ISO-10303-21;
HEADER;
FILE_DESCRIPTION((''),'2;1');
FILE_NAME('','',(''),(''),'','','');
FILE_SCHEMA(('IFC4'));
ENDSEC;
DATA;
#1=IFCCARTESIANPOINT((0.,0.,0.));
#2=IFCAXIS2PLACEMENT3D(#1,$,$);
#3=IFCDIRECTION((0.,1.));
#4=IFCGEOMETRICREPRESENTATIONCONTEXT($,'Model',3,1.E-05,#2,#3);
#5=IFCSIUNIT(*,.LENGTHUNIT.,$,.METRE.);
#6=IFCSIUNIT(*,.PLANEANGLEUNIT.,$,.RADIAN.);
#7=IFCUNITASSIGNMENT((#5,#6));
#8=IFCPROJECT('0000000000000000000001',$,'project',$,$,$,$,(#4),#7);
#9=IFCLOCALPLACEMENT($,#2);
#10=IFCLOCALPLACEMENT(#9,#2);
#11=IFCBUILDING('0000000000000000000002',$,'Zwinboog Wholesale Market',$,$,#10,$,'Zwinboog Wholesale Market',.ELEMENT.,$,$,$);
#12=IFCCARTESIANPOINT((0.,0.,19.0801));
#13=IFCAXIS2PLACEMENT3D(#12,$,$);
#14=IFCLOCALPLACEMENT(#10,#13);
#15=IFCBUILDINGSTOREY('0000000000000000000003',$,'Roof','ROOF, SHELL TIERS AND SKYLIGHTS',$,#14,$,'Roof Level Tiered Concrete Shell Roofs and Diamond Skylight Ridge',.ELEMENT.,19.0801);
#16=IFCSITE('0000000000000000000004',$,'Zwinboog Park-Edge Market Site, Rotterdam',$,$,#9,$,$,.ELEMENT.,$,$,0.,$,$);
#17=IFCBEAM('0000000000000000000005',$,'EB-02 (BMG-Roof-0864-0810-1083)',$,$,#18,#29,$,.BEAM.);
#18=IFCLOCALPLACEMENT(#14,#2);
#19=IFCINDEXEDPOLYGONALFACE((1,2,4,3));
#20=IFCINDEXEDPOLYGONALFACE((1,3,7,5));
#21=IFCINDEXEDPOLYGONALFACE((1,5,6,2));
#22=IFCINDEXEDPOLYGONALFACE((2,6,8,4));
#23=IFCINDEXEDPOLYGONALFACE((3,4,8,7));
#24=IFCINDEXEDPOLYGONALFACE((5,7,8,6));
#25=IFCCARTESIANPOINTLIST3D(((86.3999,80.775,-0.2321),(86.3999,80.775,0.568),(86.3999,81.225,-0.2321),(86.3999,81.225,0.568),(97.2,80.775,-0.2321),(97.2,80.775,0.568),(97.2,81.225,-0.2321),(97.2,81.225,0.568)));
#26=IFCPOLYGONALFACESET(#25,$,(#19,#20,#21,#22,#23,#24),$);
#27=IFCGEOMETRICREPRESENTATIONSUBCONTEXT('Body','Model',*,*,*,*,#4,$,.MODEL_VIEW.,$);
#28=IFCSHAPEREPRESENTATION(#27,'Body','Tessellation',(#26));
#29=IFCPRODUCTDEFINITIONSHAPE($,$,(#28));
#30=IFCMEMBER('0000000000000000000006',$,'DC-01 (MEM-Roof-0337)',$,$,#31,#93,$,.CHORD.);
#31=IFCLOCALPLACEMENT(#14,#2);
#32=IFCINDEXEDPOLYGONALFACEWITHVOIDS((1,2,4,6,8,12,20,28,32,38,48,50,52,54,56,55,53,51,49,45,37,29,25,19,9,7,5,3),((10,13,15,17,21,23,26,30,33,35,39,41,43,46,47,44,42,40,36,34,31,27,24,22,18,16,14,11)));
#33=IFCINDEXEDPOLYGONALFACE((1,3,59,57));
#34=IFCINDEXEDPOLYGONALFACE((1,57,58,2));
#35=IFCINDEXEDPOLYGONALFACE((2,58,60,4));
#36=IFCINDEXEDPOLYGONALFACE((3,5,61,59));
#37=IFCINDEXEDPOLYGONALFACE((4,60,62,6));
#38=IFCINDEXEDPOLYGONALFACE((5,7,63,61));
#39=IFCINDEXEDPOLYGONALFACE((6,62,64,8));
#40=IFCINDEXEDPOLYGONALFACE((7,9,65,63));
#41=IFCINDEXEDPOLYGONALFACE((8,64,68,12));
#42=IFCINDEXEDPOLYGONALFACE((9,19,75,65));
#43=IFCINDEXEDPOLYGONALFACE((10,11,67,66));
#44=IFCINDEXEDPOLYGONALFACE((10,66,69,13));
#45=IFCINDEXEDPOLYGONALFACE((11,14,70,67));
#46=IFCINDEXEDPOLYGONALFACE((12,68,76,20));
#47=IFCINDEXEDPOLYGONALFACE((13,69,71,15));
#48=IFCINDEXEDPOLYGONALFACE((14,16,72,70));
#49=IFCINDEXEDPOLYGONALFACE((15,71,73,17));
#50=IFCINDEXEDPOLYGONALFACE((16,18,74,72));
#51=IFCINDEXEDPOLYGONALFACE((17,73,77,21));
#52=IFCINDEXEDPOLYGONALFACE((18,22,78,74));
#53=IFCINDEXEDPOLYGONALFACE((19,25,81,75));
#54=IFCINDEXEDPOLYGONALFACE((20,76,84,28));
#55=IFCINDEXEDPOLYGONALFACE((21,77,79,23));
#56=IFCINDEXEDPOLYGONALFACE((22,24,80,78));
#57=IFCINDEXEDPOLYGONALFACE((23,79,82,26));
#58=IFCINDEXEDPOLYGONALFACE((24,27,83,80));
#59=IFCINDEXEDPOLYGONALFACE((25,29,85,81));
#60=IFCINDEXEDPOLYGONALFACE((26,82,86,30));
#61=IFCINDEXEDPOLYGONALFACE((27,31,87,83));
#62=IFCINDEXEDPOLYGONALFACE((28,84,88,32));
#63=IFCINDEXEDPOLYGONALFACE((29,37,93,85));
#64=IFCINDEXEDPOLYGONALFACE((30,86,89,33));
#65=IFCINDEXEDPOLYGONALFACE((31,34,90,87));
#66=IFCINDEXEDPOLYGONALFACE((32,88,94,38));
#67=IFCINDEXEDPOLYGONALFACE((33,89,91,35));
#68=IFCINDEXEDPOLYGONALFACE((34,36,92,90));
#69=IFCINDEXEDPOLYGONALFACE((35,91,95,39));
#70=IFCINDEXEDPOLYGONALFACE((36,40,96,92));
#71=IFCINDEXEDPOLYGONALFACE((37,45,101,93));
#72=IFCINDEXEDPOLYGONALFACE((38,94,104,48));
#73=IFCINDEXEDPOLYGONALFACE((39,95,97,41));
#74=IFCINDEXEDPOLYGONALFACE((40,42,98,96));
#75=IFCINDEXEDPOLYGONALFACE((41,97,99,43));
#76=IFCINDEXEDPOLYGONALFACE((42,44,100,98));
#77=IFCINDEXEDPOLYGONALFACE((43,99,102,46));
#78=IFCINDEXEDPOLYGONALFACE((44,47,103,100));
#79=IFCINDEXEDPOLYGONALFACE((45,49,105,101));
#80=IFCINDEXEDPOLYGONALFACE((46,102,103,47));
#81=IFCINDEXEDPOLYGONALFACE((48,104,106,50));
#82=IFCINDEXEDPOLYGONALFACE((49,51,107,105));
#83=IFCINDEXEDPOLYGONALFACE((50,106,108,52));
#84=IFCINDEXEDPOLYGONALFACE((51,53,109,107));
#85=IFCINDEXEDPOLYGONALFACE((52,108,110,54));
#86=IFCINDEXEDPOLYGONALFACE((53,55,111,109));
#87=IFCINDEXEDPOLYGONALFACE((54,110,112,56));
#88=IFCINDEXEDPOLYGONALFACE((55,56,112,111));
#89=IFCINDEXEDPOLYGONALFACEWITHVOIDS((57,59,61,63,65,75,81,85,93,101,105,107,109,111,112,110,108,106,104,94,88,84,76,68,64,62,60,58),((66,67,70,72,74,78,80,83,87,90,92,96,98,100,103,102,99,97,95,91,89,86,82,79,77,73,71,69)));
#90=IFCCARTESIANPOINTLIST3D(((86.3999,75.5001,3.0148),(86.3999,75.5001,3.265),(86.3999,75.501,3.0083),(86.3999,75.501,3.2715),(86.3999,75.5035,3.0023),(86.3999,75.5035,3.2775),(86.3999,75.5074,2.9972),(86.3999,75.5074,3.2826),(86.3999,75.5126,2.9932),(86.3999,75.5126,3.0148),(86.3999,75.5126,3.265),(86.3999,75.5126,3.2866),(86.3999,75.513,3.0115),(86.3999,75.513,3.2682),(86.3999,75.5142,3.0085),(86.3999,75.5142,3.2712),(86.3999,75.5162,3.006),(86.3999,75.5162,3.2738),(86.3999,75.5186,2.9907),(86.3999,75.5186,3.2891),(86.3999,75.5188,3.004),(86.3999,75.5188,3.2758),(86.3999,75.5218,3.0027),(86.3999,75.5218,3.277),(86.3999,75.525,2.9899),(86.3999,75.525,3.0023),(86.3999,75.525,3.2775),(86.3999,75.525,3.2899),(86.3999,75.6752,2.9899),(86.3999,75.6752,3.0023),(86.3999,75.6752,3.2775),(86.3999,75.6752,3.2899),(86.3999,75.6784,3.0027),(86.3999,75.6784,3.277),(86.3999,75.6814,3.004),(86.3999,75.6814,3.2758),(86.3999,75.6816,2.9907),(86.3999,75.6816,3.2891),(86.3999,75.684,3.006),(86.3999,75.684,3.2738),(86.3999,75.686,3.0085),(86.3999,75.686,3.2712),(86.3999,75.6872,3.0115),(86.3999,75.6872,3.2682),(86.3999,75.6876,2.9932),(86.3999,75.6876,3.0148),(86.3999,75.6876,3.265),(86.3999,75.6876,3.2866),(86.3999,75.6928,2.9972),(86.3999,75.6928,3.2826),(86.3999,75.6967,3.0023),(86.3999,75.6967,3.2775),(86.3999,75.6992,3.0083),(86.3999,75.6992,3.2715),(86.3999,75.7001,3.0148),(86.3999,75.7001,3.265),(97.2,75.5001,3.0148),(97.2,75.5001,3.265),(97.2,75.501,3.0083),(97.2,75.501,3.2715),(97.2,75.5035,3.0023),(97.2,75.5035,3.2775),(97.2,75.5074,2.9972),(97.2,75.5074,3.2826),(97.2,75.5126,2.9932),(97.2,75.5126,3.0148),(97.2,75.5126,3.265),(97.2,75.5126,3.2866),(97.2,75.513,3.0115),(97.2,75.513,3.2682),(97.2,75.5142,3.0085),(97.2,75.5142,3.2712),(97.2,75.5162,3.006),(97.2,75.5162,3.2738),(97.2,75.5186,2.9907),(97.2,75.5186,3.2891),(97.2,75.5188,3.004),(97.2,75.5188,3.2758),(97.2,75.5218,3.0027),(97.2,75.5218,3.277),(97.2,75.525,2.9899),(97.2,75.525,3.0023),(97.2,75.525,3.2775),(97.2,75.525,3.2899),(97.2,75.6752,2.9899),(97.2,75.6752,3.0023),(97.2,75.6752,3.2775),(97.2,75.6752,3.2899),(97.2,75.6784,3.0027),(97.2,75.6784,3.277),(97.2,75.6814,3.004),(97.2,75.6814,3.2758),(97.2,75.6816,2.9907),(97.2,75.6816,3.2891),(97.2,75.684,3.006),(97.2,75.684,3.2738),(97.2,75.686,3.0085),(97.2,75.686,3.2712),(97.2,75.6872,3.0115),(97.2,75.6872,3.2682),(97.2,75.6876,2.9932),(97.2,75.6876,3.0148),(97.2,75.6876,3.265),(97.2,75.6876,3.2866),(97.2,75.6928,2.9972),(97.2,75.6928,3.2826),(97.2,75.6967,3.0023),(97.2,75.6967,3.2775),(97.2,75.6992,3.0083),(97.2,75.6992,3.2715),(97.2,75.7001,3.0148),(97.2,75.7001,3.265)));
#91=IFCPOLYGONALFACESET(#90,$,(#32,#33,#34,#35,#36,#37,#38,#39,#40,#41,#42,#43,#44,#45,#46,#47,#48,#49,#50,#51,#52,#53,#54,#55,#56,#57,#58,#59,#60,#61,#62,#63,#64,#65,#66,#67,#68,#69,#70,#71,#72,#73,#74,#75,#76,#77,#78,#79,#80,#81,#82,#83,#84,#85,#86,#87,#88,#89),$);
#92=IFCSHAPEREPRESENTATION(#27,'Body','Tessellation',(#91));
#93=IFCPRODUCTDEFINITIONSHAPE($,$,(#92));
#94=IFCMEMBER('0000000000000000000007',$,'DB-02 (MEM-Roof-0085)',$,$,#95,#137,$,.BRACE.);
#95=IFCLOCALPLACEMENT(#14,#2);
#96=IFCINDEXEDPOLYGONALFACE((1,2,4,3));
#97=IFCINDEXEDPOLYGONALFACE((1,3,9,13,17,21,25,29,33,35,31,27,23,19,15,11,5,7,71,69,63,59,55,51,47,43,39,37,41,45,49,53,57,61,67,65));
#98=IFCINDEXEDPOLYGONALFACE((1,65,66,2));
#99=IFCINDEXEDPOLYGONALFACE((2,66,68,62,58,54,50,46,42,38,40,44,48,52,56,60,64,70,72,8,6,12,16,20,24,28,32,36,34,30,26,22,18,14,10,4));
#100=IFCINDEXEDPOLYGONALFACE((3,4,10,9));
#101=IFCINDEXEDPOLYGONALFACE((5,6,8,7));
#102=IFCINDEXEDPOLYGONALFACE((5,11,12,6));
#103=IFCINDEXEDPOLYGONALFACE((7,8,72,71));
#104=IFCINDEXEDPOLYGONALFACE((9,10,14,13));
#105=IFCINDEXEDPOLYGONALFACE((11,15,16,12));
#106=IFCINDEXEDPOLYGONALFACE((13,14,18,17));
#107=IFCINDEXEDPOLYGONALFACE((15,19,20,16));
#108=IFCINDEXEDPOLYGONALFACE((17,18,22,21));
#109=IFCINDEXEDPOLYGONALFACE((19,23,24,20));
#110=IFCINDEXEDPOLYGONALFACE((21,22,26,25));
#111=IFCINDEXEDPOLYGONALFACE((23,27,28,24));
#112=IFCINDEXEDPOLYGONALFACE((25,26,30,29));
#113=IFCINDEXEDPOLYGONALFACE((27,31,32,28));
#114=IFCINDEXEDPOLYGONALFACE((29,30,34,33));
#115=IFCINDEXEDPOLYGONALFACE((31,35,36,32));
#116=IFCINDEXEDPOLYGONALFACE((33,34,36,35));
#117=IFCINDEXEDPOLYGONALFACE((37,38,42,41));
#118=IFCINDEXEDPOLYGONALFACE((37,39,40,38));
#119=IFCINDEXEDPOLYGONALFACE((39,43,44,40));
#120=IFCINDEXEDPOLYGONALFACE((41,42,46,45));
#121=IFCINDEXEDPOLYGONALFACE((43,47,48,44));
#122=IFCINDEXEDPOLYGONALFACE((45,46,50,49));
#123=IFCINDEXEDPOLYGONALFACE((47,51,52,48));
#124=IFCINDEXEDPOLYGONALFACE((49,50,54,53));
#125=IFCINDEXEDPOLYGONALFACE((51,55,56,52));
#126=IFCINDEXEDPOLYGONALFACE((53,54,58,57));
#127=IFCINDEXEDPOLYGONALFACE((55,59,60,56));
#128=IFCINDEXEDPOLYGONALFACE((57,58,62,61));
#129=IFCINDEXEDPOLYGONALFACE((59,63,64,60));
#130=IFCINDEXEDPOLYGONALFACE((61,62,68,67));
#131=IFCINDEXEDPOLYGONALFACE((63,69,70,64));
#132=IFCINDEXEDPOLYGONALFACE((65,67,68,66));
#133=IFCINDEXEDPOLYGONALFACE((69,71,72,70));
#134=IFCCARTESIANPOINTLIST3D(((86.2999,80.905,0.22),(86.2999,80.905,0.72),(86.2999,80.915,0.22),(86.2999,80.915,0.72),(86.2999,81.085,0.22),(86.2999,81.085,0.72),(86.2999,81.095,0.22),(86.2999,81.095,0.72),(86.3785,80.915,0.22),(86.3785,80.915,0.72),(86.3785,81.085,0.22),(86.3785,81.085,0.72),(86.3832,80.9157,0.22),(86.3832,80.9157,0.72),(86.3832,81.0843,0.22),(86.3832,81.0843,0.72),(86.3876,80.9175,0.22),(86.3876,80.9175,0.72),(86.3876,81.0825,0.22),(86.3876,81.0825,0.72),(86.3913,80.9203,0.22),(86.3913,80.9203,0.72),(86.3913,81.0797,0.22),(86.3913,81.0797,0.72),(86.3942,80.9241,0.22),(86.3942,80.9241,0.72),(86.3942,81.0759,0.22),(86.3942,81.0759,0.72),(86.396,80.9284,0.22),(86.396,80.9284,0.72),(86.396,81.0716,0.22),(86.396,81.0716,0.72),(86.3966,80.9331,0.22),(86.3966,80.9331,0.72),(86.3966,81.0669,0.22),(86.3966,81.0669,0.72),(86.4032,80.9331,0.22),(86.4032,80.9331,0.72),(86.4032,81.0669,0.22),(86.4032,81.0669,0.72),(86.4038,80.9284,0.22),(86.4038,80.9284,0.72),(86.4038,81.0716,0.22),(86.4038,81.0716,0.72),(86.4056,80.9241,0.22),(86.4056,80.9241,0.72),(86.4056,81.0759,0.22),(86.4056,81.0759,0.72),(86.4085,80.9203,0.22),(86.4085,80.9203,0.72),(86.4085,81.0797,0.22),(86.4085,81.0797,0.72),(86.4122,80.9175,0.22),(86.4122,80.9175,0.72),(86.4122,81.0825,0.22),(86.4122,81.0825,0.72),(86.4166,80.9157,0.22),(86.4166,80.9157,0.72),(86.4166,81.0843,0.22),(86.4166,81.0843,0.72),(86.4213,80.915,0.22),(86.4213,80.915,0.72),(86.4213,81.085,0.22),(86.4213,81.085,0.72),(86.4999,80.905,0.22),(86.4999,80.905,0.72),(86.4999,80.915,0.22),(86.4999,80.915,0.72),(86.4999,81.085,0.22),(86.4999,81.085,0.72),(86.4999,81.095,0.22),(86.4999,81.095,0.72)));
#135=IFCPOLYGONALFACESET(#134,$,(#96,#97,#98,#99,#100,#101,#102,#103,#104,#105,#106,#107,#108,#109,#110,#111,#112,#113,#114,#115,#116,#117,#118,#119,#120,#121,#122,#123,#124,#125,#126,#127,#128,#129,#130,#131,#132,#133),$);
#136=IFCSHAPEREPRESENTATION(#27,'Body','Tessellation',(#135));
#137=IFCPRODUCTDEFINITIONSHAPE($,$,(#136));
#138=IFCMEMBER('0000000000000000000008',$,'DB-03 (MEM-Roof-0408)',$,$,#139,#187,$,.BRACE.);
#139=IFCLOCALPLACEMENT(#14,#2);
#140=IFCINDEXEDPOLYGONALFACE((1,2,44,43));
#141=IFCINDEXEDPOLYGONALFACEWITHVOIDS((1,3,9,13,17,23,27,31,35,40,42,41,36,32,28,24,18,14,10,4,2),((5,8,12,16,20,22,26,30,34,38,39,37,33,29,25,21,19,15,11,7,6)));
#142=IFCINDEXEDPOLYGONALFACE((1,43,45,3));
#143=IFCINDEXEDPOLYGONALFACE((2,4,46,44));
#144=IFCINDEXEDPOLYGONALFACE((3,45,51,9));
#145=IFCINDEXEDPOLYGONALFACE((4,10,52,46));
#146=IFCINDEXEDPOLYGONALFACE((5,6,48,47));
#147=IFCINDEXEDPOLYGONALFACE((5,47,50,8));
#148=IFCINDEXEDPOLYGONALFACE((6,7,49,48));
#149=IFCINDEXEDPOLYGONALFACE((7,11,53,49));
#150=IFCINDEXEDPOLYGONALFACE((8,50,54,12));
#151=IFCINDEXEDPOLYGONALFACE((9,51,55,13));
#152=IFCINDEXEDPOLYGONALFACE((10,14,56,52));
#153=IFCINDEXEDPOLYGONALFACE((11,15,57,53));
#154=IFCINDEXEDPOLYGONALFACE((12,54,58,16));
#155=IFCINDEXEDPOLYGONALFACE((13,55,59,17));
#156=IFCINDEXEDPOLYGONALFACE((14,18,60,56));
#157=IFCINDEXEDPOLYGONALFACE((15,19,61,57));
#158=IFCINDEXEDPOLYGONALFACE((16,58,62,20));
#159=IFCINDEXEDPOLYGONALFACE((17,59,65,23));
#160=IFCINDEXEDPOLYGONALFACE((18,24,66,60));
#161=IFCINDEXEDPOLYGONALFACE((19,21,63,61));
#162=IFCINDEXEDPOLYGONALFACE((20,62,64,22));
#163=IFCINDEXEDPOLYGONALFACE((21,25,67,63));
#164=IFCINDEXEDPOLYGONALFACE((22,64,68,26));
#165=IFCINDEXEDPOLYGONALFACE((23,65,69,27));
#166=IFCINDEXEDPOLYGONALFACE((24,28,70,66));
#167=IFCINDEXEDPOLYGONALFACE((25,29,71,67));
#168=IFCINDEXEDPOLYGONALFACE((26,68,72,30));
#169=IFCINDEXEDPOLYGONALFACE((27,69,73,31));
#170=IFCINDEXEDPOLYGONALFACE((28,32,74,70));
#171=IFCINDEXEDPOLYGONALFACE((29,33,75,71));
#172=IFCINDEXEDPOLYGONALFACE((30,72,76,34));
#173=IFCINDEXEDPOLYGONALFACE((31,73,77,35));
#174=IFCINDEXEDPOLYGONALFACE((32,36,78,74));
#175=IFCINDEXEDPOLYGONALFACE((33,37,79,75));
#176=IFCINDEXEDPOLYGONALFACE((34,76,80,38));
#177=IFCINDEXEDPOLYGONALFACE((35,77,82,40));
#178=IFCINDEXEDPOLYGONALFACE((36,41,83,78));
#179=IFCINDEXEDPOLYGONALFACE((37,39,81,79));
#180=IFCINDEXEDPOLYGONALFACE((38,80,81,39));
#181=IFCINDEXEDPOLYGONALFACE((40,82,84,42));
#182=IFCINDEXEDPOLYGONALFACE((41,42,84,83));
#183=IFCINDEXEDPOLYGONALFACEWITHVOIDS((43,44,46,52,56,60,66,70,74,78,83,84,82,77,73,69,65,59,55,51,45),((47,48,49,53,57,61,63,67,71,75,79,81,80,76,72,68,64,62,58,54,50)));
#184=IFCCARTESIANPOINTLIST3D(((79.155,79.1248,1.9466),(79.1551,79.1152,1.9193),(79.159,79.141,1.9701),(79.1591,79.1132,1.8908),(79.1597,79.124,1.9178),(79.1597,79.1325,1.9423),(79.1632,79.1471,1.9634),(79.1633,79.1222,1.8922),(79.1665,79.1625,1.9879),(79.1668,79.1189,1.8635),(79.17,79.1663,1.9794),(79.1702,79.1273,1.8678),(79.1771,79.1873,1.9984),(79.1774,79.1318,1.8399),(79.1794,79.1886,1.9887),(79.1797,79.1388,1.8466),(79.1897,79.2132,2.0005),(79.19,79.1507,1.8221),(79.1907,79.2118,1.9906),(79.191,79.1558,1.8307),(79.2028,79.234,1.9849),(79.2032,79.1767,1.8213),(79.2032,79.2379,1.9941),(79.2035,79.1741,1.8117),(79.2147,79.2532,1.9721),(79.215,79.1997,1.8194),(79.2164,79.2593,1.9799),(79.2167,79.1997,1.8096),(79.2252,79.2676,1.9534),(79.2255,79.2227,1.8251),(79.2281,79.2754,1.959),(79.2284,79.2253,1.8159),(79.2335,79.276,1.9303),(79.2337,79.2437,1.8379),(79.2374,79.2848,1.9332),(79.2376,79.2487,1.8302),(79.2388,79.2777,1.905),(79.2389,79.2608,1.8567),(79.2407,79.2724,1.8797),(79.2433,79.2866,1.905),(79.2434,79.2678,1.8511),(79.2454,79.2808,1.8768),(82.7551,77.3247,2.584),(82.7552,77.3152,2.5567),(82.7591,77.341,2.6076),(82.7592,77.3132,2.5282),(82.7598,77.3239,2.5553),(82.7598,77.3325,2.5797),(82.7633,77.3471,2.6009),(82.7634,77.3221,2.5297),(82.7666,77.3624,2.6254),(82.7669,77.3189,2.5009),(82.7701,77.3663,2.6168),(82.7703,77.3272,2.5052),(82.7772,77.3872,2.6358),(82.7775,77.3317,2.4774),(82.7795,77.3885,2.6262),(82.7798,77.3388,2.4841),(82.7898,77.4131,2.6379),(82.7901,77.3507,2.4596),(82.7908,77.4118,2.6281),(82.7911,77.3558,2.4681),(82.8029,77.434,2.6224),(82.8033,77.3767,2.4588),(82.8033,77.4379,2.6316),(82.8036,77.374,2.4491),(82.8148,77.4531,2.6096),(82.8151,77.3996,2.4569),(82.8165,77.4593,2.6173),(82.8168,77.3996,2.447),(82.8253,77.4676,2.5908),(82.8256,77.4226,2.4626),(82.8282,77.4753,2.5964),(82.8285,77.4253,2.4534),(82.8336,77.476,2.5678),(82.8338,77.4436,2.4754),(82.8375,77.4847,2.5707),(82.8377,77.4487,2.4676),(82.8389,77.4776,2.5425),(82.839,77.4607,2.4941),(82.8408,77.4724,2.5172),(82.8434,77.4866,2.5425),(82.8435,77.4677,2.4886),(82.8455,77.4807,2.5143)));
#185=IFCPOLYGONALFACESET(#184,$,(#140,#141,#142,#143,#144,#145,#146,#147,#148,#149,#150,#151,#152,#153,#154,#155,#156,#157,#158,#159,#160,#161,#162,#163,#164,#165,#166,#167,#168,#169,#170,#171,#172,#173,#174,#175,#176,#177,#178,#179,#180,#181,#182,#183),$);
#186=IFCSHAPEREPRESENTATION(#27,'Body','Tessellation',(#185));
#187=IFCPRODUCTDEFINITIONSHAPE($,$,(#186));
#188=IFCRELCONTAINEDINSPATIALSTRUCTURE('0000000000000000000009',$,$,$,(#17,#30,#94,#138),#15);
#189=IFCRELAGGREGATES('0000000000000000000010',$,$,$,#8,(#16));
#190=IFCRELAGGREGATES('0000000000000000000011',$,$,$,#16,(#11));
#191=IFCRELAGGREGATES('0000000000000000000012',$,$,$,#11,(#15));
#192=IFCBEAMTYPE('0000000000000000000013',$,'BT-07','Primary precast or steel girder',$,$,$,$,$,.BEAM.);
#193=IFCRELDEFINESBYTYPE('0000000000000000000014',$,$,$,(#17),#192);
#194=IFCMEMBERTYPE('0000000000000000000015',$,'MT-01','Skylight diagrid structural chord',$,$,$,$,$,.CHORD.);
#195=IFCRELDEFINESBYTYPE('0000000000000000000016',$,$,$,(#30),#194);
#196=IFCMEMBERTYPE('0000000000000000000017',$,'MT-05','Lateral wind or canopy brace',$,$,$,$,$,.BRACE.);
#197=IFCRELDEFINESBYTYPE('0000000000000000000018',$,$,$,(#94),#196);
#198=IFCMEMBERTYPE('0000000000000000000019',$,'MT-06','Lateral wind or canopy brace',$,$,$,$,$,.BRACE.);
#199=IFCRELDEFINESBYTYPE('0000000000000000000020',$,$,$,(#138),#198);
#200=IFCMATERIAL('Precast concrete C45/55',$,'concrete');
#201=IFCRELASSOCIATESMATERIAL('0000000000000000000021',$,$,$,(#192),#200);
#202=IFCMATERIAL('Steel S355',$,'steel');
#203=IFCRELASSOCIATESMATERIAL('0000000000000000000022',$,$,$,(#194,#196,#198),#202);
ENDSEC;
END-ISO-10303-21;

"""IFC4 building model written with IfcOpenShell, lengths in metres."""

from ifc_helpers import new_model, si_unit, direction, frame, origin, origin_2d, place, context, subcontext, project, spatial, rectangle, hollow_rectangle, hollow_circle, i_section, extrude, material, material_profile, profile_set, type_object, element, save


model = new_model("IFC4")

# Units and contexts
model_context = context("Model", 3, precision=1e-05, world=origin(), true_north=direction((0.0, 1.0)))
body_context = subcontext(model_context, "Body", "Model", "MODEL_VIEW")
ifc_project = project(units=[si_unit("LENGTHUNIT", "METRE"), si_unit("PLANEANGLEUNIT", "RADIAN")], contexts=[model_context])

# Site, building, storey
site_placement = place(None, origin())
site = spatial("IfcSite", under=ifc_project, at=site_placement, Name="Zwinboog Park-Edge Market Site, Rotterdam", CompositionType="ELEMENT", RefElevation=0.0)
building_placement = place(site_placement, origin())
building = spatial("IfcBuilding", under=site, at=building_placement, Name="Zwinboog Wholesale Market", LongName="Zwinboog Wholesale Market", CompositionType="ELEMENT")
storey_placement = place(building_placement, frame((0.0, 0.0, 19.0801)))
storey = spatial("IfcBuildingStorey", under=building, at=storey_placement, Name="Roof", Description="ROOF, SHELL TIERS AND SKYLIGHTS", LongName="Roof Level Tiered Concrete Shell Roofs and Diamond Skylight Ridge", CompositionType="ELEMENT", Elevation=19.0801)

# Beam
ifc_material_1 = material(Name="Precast concrete C45/55", Category="concrete")
ifc_material_profile_1 = material_profile(ifc_material_1, rectangle(XDim=0.45, YDim=0.8, at=origin_2d()), Name="PC 450x800")
ifc_profile_set_1 = profile_set([ifc_material_profile_1], Name="Precast concrete C45/55")
beam_type = type_object("IfcBeamType", Name="BT-07", Description="Primary precast or steel girder", PredefinedType="BEAM", material=ifc_profile_set_1)
beam_placement = place(storey_placement, frame((86.3999, 81.0, 0.168), z_axis=(1.0, 0.0, 0.0), x_axis=(0.0, 1.0, 0.0)))
element("IfcBeam", 1, at=beam_placement, inside=storey, type_object=beam_type, Name="EB-02 (BMG-Roof-0864-0810-1083)", PredefinedType="BEAM", context=body_context, shape_type="SweptSolid", body=[
    extrude(rectangle(XDim=0.45, YDim=0.8, at=origin_2d()), origin(), (0.0, 0.0, 1.0), 10.8),
])

# Members
ifc_material_2 = material(Name="Steel S355", Category="steel")
ifc_material_profile_2 = material_profile(ifc_material_2, hollow_rectangle(XDim=0.2, YDim=0.3, WallThickness=0.0125, InnerFilletRadius=0.0125, OuterFilletRadius=0.0249, at=origin_2d()), Name="RHS 300x200x12.5")
ifc_profile_set_2 = profile_set([ifc_material_profile_2], Name="Steel S355")
member_type_1 = type_object("IfcMemberType", Name="MT-01", Description="Skylight diagrid structural chord", PredefinedType="CHORD", material=ifc_profile_set_2)
member_1_placement = place(storey_placement, frame((86.3999, 75.6001, 3.1399), z_axis=(1.0, 0.0, 0.0), x_axis=(0.0, 1.0, 0.0)))
element("IfcMember", 2, at=member_1_placement, inside=storey, type_object=member_type_1, Name="DC-01 (MEM-Roof-0337)", PredefinedType="CHORD", context=body_context, shape_type="SweptSolid", body=[
    extrude(hollow_rectangle(XDim=0.2, YDim=0.3, WallThickness=0.0125, InnerFilletRadius=0.0125, OuterFilletRadius=0.0249, at=origin_2d()), origin(), (0.0, 0.0, 1.0), 10.8),
])
ifc_material_profile_3 = material_profile(ifc_material_2, i_section(OverallWidth=0.2, OverallDepth=0.1899, WebThickness=0.0066, FlangeThickness=0.01, FilletRadius=0.0181, at=origin_2d()), Name="HEA 200")
ifc_profile_set_3 = profile_set([ifc_material_profile_3], Name="Steel S355")
member_type_2 = type_object("IfcMemberType", Name="MT-05", Description="Lateral wind or canopy brace", PredefinedType="BRACE", material=ifc_profile_set_3)
member_2_placement = place(storey_placement, frame((86.3999, 81.0, 0.22), z_axis=(0.0, 0.0, 1.0), x_axis=(1.0, 0.0, 0.0)))
element("IfcMember", 3, at=member_2_placement, inside=storey, type_object=member_type_2, Name="DB-02 (MEM-Roof-0085)", PredefinedType="BRACE", context=body_context, shape_type="SweptSolid", body=[
    extrude(i_section(OverallWidth=0.2, OverallDepth=0.1899, WebThickness=0.0066, FlangeThickness=0.01, FilletRadius=0.0181, at=origin_2d()), origin(), (0.0, 0.0, 1.0), 0.5),
])
ifc_material_profile_4 = material_profile(ifc_material_2, hollow_circle(Radius=0.0969, WallThickness=0.01, at=origin_2d()), Name="CHS 193.7x10")
ifc_profile_set_4 = profile_set([ifc_material_profile_4], Name="Steel S355")
member_type_3 = type_object("IfcMemberType", Name="MT-06", Description="Lateral wind or canopy brace", PredefinedType="BRACE", material=ifc_profile_set_4)
for number, where, z_axis, x_axis, name in (
    (4, (79.2, 79.2, 1.905), (0.883417, -0.441709, 0.156422), (0.447214, 0.894427, 0.0), "DB-03 (MEM-Roof-0408)"),
):
    element("IfcMember", number, at=place(storey_placement, frame(where, z_axis=z_axis, x_axis=x_axis)), inside=storey, type_object=member_type_3, Name=name, PredefinedType="BRACE", context=body_context, shape_type="SweptSolid", body=[
        extrude(hollow_circle(Radius=0.0969, WallThickness=0.01, at=origin_2d()), origin(), (0.0, 0.0, 1.0), 4.0752),
    ])

save(model, "model.ifc")
